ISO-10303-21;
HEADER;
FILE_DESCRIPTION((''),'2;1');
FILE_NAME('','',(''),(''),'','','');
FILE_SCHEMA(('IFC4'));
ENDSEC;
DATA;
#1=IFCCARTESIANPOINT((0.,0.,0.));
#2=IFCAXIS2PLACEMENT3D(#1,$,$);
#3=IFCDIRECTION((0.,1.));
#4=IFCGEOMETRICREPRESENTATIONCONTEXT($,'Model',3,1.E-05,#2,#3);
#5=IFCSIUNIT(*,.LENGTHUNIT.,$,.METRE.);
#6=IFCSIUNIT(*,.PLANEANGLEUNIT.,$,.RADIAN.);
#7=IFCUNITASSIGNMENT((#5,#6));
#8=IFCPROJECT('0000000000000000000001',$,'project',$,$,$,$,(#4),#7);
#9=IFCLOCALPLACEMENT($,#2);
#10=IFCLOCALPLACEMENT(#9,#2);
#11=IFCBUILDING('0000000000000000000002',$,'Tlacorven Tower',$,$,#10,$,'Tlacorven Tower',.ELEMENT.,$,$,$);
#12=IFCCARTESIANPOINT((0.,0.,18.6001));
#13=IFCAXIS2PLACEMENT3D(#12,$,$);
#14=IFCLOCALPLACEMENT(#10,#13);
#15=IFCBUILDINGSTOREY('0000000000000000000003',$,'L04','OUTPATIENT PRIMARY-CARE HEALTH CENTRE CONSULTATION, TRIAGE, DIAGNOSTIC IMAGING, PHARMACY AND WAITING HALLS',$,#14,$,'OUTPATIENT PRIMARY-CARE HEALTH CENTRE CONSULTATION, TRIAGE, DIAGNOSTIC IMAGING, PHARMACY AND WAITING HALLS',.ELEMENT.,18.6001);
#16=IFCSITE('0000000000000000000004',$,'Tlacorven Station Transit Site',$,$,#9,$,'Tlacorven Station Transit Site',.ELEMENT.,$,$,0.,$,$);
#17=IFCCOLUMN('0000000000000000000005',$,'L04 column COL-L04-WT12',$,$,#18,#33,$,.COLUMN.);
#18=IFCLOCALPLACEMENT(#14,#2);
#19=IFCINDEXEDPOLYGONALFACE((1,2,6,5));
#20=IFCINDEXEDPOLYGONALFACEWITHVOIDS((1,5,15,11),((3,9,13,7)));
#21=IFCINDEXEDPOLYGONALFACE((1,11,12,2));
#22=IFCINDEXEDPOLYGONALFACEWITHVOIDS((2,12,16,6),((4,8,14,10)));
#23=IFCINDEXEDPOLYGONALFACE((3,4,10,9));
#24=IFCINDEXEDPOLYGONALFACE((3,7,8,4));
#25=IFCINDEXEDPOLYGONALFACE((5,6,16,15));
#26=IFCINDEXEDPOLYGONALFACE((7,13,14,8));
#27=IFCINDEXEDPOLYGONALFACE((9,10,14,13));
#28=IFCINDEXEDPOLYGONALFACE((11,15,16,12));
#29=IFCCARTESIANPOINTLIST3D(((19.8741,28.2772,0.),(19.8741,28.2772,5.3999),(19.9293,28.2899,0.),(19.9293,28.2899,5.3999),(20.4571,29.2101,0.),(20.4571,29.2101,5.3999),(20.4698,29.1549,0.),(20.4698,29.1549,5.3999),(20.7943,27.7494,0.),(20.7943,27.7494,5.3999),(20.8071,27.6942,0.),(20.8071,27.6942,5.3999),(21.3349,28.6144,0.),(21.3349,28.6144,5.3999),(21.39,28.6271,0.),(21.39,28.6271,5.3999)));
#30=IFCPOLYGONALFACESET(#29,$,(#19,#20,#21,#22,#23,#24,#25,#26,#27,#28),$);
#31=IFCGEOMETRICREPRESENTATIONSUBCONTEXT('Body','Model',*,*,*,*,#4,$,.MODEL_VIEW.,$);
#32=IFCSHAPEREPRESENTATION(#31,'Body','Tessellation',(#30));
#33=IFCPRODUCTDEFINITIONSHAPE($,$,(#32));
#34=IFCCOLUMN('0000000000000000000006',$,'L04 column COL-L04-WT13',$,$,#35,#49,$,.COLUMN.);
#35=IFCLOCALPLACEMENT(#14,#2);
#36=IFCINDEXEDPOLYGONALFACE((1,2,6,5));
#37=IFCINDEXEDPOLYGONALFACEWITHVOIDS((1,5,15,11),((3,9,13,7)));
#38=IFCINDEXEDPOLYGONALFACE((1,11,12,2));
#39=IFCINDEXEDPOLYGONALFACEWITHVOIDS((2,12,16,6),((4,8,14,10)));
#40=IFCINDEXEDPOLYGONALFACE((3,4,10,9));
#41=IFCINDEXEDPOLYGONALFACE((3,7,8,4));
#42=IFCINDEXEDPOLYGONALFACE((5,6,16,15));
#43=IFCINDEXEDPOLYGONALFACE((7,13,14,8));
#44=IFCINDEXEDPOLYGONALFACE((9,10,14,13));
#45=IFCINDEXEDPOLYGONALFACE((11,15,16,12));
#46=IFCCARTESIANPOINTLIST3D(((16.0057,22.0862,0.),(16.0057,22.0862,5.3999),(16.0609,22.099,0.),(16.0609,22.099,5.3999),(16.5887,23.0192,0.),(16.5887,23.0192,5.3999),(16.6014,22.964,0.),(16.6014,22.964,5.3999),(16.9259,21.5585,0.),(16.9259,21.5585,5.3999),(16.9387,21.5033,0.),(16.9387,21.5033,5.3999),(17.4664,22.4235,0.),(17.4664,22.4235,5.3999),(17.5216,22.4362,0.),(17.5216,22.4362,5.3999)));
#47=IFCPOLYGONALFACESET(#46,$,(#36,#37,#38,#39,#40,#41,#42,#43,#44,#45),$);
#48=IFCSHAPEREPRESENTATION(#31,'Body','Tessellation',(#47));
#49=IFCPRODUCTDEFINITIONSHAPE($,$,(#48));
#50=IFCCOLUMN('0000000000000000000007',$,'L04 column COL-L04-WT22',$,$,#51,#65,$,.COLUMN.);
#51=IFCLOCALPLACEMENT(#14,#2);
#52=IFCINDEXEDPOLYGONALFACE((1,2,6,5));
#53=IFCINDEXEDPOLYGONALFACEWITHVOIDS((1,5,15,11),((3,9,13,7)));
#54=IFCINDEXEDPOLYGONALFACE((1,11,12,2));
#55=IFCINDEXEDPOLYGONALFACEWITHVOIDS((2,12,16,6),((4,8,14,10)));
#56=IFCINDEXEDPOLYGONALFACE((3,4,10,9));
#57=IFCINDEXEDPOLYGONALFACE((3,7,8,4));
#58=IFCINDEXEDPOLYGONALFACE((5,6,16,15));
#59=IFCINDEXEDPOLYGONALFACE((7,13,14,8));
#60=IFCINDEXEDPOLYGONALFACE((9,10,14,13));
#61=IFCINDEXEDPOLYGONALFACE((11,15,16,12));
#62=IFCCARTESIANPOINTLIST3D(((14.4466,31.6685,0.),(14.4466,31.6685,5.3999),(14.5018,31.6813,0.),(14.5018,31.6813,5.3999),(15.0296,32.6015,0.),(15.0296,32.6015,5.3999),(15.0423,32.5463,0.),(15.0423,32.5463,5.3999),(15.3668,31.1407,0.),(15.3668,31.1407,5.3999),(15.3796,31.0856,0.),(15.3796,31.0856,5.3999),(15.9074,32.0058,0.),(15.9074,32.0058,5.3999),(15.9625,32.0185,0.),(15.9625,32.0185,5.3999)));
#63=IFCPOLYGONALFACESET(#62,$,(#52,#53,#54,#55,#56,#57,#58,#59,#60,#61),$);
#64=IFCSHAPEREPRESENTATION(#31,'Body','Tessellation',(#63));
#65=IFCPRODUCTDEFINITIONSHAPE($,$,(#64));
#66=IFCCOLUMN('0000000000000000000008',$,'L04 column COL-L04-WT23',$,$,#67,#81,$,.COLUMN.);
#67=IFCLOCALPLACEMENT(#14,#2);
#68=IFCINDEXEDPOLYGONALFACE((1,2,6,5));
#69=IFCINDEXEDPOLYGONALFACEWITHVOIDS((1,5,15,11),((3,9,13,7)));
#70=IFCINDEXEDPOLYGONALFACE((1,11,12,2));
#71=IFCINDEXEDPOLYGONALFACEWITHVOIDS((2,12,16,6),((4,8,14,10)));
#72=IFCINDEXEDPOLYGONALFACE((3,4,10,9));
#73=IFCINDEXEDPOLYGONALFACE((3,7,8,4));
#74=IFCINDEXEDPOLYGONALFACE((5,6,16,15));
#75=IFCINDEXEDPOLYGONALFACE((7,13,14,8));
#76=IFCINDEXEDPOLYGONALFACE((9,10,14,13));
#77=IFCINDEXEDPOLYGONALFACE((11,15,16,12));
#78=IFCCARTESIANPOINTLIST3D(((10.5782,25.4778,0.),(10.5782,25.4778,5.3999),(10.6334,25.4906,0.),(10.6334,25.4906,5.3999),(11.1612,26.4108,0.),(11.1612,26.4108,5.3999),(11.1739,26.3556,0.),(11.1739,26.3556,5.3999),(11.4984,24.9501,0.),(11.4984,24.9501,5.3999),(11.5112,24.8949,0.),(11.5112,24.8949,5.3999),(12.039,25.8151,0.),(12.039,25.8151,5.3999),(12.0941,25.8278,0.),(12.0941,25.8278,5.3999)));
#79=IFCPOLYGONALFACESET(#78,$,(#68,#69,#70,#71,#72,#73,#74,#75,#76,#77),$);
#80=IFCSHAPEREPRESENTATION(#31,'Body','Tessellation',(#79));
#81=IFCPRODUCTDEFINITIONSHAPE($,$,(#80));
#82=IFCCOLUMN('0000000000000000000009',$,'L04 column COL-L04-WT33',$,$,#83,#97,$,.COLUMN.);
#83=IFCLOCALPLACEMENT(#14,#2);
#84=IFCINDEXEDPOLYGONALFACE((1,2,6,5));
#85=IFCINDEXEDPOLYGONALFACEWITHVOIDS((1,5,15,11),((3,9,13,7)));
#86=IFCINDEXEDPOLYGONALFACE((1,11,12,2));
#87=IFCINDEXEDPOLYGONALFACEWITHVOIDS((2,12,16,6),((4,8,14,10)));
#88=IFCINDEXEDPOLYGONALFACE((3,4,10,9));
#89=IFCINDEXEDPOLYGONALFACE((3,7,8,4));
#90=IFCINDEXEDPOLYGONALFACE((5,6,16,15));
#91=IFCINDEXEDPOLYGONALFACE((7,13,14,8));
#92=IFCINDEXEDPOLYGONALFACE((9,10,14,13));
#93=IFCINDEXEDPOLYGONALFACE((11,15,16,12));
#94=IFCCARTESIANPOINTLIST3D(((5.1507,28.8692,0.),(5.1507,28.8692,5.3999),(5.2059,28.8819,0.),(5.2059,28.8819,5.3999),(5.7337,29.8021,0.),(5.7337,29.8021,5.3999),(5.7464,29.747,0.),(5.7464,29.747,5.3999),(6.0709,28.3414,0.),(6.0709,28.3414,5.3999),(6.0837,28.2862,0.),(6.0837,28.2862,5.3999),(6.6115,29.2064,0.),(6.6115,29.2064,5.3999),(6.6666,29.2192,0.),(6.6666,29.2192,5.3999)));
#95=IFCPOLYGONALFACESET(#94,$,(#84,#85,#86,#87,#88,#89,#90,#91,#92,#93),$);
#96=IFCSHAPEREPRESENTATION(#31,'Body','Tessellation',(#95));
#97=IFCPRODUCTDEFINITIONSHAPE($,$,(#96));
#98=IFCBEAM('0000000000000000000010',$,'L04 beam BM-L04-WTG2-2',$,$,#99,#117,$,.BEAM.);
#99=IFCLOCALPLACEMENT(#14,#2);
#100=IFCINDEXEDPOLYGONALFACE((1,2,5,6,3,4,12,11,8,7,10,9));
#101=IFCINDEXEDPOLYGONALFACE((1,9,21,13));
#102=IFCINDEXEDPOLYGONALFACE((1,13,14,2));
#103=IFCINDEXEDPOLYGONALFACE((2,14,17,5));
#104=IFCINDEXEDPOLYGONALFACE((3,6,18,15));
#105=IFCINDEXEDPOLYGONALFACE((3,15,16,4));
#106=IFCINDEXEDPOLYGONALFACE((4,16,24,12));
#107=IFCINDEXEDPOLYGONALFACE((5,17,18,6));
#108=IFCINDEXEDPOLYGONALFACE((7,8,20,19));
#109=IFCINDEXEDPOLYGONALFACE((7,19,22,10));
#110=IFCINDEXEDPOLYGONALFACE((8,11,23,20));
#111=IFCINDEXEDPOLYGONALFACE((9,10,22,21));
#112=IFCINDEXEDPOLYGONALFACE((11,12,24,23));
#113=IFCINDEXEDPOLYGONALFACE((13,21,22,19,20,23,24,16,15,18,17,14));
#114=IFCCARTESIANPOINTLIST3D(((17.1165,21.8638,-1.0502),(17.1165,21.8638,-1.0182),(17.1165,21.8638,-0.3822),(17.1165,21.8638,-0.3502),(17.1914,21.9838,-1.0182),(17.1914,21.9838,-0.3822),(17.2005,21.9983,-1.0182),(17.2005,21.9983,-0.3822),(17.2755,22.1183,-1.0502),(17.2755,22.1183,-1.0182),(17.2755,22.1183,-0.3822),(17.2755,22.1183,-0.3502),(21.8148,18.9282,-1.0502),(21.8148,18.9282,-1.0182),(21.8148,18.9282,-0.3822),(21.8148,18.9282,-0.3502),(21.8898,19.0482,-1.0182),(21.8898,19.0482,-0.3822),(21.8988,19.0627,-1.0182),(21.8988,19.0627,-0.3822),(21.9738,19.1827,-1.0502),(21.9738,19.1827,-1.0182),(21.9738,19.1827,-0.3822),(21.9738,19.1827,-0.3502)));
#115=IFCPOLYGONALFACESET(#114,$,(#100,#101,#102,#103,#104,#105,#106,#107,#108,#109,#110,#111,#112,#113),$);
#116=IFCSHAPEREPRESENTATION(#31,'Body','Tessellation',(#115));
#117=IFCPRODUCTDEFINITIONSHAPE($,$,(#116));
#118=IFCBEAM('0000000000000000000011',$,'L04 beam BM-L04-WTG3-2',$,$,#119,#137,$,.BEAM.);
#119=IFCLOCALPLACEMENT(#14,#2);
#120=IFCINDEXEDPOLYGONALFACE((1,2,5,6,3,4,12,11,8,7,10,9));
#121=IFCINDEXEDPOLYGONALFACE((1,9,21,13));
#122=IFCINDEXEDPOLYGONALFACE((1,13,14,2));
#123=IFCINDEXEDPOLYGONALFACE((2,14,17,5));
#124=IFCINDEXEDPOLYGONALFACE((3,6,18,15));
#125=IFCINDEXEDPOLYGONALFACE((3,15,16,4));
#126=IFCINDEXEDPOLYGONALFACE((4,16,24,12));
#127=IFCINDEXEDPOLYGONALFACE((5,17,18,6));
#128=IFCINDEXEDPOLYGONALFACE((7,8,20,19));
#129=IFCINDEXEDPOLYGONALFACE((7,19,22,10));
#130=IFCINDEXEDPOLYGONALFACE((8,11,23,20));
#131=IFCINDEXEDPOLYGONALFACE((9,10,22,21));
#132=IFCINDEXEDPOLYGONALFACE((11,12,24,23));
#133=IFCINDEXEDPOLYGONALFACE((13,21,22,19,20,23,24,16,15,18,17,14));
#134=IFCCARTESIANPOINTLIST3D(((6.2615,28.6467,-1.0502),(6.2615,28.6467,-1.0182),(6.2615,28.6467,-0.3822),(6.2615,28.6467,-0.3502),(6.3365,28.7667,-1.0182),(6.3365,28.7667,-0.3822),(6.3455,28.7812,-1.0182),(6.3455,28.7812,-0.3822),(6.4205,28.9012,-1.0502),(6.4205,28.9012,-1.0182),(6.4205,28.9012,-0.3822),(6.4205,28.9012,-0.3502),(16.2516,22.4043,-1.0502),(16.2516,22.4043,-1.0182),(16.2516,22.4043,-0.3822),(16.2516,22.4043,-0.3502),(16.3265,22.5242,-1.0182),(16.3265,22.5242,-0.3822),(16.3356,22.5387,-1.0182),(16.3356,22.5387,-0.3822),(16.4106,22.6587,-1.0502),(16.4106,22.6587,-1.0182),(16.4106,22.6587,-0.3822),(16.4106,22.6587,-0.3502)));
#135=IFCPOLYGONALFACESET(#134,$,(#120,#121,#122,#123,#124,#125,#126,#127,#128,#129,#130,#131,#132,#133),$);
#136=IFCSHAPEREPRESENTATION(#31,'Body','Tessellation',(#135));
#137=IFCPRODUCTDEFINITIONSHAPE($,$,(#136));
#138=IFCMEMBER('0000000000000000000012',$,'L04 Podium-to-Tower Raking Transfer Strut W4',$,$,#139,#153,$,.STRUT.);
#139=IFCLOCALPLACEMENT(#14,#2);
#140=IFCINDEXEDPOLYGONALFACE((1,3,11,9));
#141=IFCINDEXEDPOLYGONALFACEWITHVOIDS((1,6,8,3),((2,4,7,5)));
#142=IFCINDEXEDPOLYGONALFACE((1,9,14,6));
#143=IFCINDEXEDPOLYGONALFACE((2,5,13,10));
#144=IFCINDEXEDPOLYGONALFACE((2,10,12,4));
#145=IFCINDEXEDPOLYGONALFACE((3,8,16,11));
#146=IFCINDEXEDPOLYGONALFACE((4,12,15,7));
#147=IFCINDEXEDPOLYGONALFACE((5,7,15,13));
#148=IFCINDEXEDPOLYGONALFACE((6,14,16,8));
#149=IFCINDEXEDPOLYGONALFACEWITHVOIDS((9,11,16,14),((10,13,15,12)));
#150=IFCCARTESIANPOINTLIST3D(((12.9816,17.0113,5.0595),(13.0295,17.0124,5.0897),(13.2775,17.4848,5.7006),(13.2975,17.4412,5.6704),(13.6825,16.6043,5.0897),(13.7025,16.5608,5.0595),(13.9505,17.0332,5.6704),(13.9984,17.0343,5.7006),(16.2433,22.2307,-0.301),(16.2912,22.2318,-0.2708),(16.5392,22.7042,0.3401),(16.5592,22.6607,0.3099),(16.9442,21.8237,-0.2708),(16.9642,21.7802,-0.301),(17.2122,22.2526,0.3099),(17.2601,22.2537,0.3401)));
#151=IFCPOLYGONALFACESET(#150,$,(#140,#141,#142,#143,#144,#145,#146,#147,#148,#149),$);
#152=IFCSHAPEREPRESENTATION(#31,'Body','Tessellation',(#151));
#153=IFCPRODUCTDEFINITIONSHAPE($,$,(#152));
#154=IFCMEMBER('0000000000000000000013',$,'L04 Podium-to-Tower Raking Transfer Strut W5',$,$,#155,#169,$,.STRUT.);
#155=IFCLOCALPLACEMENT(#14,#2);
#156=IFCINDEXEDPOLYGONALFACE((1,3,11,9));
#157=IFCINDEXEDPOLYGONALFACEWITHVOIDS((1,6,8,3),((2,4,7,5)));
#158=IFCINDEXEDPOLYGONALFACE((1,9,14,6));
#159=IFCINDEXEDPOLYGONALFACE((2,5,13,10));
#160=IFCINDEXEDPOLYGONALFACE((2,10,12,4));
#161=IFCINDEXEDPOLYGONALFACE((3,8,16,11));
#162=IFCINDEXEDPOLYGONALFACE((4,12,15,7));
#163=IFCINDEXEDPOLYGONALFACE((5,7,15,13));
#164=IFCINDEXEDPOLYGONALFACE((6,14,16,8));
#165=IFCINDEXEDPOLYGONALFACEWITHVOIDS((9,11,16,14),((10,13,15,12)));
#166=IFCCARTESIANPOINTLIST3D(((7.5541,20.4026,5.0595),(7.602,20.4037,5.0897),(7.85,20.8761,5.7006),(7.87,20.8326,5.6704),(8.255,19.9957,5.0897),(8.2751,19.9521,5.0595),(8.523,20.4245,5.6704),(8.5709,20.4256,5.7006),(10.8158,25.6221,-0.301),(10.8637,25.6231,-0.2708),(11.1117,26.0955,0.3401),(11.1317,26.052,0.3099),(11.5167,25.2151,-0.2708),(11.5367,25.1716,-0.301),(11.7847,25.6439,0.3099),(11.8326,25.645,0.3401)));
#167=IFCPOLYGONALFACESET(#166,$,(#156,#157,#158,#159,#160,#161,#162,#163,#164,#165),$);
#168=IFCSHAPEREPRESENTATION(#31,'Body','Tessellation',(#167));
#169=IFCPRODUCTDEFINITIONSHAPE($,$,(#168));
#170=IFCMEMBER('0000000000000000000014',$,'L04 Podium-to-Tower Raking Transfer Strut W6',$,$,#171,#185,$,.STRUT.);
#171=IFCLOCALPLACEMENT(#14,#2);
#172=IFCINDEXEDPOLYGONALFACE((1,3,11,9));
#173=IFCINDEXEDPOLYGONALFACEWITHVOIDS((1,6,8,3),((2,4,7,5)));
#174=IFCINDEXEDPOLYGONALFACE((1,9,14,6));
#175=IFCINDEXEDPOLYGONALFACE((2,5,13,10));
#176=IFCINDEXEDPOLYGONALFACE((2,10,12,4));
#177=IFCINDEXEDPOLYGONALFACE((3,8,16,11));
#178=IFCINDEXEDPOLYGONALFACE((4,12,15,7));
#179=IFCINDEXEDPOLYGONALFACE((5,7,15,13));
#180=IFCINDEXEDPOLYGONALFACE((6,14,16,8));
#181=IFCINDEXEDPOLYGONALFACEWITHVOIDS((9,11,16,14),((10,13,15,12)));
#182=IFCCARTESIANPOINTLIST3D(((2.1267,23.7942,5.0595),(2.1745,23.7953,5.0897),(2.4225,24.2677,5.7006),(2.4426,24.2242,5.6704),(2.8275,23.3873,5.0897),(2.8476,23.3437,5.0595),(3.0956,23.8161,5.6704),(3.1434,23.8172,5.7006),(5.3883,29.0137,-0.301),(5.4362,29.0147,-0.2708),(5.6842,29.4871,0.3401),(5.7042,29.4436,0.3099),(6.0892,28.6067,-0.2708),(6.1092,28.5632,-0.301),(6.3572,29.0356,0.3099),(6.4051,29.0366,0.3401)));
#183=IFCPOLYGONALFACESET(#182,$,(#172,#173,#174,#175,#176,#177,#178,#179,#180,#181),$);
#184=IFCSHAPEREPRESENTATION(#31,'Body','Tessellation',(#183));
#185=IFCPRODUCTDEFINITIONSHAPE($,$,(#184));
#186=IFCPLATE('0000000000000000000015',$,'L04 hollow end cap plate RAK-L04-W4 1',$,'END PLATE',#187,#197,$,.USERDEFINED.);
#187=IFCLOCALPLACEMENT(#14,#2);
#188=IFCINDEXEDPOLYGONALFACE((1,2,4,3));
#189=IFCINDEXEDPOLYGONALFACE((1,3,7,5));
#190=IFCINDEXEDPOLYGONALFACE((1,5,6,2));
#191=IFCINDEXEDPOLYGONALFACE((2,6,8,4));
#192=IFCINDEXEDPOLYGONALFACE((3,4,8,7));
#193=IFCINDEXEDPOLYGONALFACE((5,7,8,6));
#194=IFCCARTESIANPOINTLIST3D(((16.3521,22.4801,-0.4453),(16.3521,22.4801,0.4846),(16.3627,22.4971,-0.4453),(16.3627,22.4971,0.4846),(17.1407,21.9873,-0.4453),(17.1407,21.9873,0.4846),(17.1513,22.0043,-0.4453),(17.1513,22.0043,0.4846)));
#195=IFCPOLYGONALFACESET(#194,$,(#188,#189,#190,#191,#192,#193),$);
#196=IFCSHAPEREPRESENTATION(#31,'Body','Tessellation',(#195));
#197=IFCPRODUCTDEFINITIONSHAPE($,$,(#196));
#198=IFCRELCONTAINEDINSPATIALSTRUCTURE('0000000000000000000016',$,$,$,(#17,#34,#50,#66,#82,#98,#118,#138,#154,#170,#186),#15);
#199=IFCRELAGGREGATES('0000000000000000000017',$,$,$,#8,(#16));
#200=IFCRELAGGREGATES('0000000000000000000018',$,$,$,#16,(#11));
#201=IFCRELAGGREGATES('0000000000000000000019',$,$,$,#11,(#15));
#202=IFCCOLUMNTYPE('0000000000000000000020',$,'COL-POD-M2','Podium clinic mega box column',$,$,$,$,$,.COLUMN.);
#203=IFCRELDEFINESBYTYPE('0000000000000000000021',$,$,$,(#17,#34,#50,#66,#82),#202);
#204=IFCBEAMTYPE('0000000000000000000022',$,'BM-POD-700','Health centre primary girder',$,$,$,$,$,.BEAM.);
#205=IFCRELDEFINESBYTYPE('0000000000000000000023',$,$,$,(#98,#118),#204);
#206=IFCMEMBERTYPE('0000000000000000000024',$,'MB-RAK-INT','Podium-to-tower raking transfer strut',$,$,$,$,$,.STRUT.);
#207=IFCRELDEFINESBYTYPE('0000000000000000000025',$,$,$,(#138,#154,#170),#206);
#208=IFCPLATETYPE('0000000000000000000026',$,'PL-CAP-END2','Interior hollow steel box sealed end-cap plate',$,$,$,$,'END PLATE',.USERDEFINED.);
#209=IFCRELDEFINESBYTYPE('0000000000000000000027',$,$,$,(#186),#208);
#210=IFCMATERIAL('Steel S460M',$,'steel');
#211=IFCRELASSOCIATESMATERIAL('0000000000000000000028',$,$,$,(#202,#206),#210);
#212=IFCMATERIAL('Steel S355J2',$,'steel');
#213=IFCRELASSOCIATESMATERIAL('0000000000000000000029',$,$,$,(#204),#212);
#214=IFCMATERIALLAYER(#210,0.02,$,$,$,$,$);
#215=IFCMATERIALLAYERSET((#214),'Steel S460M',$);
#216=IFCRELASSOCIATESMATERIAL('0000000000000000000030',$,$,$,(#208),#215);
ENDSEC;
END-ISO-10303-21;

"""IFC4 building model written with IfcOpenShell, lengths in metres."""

from ifc_helpers import new_model, si_unit, direction, frame, origin, origin_2d, place, context, subcontext, project, spatial, rectangle, hollow_rectangle, i_section, extrude, source, transform, mapped, material, layer, layer_set, material_profile, profile_set, type_object, element, save


model = new_model("IFC4")

# Units and contexts
model_context = context("Model", 3, precision=1e-05, world=origin(), true_north=direction((0.0, 1.0)))
body_context = subcontext(model_context, "Body", "Model", "MODEL_VIEW")
ifc_project = project(units=[si_unit("LENGTHUNIT", "METRE"), si_unit("PLANEANGLEUNIT", "RADIAN")], contexts=[model_context])

# Site, building, storey
site_placement = place(None, origin())
site = spatial("IfcSite", under=ifc_project, at=site_placement, Name="Tlacorven Station Transit Site", LongName="Tlacorven Station Transit Site", CompositionType="ELEMENT", RefElevation=0.0)
building_placement = place(site_placement, origin())
building = spatial("IfcBuilding", under=site, at=building_placement, Name="Tlacorven Tower", LongName="Tlacorven Tower", CompositionType="ELEMENT")
storey_placement = place(building_placement, frame((0.0, 0.0, 18.6001)))
storey = spatial("IfcBuildingStorey", under=building, at=storey_placement, Name="L04", Description="OUTPATIENT PRIMARY-CARE HEALTH CENTRE CONSULTATION, TRIAGE, DIAGNOSTIC IMAGING, PHARMACY AND WAITING HALLS", LongName="OUTPATIENT PRIMARY-CARE HEALTH CENTRE CONSULTATION, TRIAGE, DIAGNOSTIC IMAGING, PHARMACY AND WAITING HALLS", CompositionType="ELEMENT", Elevation=18.6001)

# Columns
ifc_material_1 = material(Name="Steel S460M", Category="steel")
ifc_material_profile_1 = material_profile(ifc_material_1, hollow_rectangle(XDim=1.1001, YDim=1.1001, WallThickness=0.04, at=origin_2d()), Name="BOX 1100X1100X40")
ifc_profile_set_1 = profile_set([ifc_material_profile_1], Name="Steel S460M")
column_type = type_object("IfcColumnType", Name="COL-POD-M2", Description="Podium clinic mega box column", PredefinedType="COLUMN", material=ifc_profile_set_1)
shared_shape_1 = source(origin(), body_context, "Body", "SweptSolid", [
    extrude(hollow_rectangle(XDim=1.1001, YDim=1.1001, WallThickness=0.04, at=origin_2d()), origin(), (0.0, 0.0, 1.0), 5.3999),
])
for number, where, z_axis, x_axis, name in (
    (1, (20.6321, 28.4521, 0.0), (0.0, 0.0, 1.0), (-0.848048, 0.529919, 0.0), "L04 column COL-L04-WT12"),
    (2, (16.7637, 22.2612, 0.0), (0.0, 0.0, 1.0), (-0.848048, 0.529919, 0.0), "L04 column COL-L04-WT13"),
    (3, (15.2046, 31.8435, 0.0), (0.0, 0.0, 1.0), (-0.848048, 0.529919, 0.0), "L04 column COL-L04-WT22"),
    (4, (11.3362, 25.6528, 0.0), (0.0, 0.0, 1.0), (-0.848048, 0.529919, 0.0), "L04 column COL-L04-WT23"),
    (5, (5.9087, 29.0442, 0.0), (0.0, 0.0, 1.0), (-0.848048, 0.529919, 0.0), "L04 column COL-L04-WT33"),
):
    element("IfcColumn", number, at=place(storey_placement, frame(where, z_axis=z_axis, x_axis=x_axis)), inside=storey, type_object=column_type, Name=name, PredefinedType="COLUMN", context=body_context, shape_type="MappedRepresentation", body=[
        mapped(shared_shape_1, transform((0.0, 0.0, 0.0), scale=1.0)),
    ])

# Beams
ifc_material_2 = material(Name="Steel S355J2", Category="steel")
ifc_material_profile_2 = material_profile(ifc_material_2, i_section(OverallWidth=0.3, OverallDepth=0.7, WebThickness=0.0171, FlangeThickness=0.032, at=origin_2d()), Name="HEB 700")
ifc_profile_set_2 = profile_set([ifc_material_profile_2], Name="Steel S355J2")
beam_type = type_object("IfcBeamType", Name="BM-POD-700", Description="Health centre primary girder", PredefinedType="BEAM", material=ifc_profile_set_2)
shared_shape_2 = source(origin(), body_context, "Body", "SweptSolid", [
    extrude(i_section(OverallWidth=0.3, OverallDepth=0.7, WebThickness=0.0171, FlangeThickness=0.032, at=origin_2d()), origin(), (0.0, 0.0, 1.0), 5.54),
])
beam_1_placement = place(storey_placement, frame((21.8943, 19.0554, -0.7002), z_axis=(-0.848068, 0.529888, 0.0), x_axis=(-0.529888, -0.848068, 0.0)))
element("IfcBeam", 6, at=beam_1_placement, inside=storey, type_object=beam_type, Name="L04 beam BM-L04-WTG2-2", PredefinedType="BEAM", context=body_context, shape_type="MappedRepresentation", body=[
    mapped(shared_shape_2, transform((0.0, 0.0, 0.0), scale=1.0)),
])
shared_shape_3 = source(origin(), body_context, "Body", "SweptSolid", [
    extrude(i_section(OverallWidth=0.3, OverallDepth=0.7, WebThickness=0.0171, FlangeThickness=0.032, at=origin_2d()), origin(), (0.0, 0.0, 1.0), 11.78),
])
beam_2_placement = place(storey_placement, frame((16.3311, 22.5315, -0.7002), z_axis=(-0.848048, 0.529919, 0.0), x_axis=(-0.529919, -0.848048, 0.0)))
element("IfcBeam", 7, at=beam_2_placement, inside=storey, type_object=beam_type, Name="L04 beam BM-L04-WTG3-2", PredefinedType="BEAM", context=body_context, shape_type="MappedRepresentation", body=[
    mapped(shared_shape_3, transform((0.0, 0.0, 0.0), scale=1.0)),
])

# Members
ifc_material_profile_3 = material_profile(ifc_material_1, hollow_rectangle(XDim=0.8501, YDim=0.8501, WallThickness=0.04, at=origin_2d()), Name="BOX 850X850X40")
ifc_profile_set_3 = profile_set([ifc_material_profile_3], Name="Steel S460M")
member_type = type_object("IfcMemberType", Name="MB-RAK-INT", Description="Podium-to-tower raking transfer strut", PredefinedType="STRUT", material=ifc_profile_set_3)
shared_shape_4 = source(origin(), body_context, "Body", "SweptSolid", [
    extrude(hollow_rectangle(XDim=0.8501, YDim=0.8501, WallThickness=0.04, at=origin_2d()), origin(), (0.0, 0.0, 1.0), 8.1619),
])
for number, where, z_axis, x_axis, name in (
    (8, (16.7517, 22.2422, 0.0195), (-0.399624, -0.639488, 0.656777), (0.848032, -0.529945, 0.0), "L04 Podium-to-Tower Raking Transfer Strut W4"),
    (9, (11.3242, 25.6335, 0.0195), (-0.399624, -0.639488, 0.656777), (0.848032, -0.529945, 0.0), "L04 Podium-to-Tower Raking Transfer Strut W5"),
    (10, (5.8967, 29.0251, 0.0195), (-0.399624, -0.639488, 0.656777), (0.848032, -0.529945, 0.0), "L04 Podium-to-Tower Raking Transfer Strut W6"),
):
    element("IfcMember", number, at=place(storey_placement, frame(where, z_axis=z_axis, x_axis=x_axis)), inside=storey, type_object=member_type, Name=name, PredefinedType="STRUT", context=body_context, shape_type="MappedRepresentation", body=[
        mapped(shared_shape_4, transform((0.0, 0.0, 0.0), scale=1.0)),
    ])

# Plate
ifc_layer_1 = layer(ifc_material_1, 0.02)
ifc_layer_set_1 = layer_set([ifc_layer_1], Name="Steel S460M")
plate_type = type_object("IfcPlateType", Name="PL-CAP-END2", Description="Interior hollow steel box sealed end-cap plate", ElementType="END PLATE", PredefinedType="USERDEFINED", material=ifc_layer_set_1)
shared_shape_5 = source(origin(), body_context, "Body", "SweptSolid", [
    extrude(rectangle(XDim=0.02, YDim=0.9299, at=origin_2d()), origin(), (0.0, 0.0, 1.0), 0.9299),
])
for number, where, z_axis, x_axis, name in (
    (11, (16.7517, 22.2422, -0.4453), (0.0, 0.0, 1.0), (-0.529919, -0.848048, 0.0), "L04 hollow end cap plate RAK-L04-W4 1"),
):
    element("IfcPlate", number, at=place(storey_placement, frame(where, z_axis=z_axis, x_axis=x_axis)), inside=storey, type_object=plate_type, Name=name, ObjectType="END PLATE", PredefinedType="USERDEFINED", context=body_context, shape_type="MappedRepresentation", body=[
        mapped(shared_shape_5, transform((0.0, 0.0, 0.0), scale=1.0)),
    ])

save(model, "model.ifc")
